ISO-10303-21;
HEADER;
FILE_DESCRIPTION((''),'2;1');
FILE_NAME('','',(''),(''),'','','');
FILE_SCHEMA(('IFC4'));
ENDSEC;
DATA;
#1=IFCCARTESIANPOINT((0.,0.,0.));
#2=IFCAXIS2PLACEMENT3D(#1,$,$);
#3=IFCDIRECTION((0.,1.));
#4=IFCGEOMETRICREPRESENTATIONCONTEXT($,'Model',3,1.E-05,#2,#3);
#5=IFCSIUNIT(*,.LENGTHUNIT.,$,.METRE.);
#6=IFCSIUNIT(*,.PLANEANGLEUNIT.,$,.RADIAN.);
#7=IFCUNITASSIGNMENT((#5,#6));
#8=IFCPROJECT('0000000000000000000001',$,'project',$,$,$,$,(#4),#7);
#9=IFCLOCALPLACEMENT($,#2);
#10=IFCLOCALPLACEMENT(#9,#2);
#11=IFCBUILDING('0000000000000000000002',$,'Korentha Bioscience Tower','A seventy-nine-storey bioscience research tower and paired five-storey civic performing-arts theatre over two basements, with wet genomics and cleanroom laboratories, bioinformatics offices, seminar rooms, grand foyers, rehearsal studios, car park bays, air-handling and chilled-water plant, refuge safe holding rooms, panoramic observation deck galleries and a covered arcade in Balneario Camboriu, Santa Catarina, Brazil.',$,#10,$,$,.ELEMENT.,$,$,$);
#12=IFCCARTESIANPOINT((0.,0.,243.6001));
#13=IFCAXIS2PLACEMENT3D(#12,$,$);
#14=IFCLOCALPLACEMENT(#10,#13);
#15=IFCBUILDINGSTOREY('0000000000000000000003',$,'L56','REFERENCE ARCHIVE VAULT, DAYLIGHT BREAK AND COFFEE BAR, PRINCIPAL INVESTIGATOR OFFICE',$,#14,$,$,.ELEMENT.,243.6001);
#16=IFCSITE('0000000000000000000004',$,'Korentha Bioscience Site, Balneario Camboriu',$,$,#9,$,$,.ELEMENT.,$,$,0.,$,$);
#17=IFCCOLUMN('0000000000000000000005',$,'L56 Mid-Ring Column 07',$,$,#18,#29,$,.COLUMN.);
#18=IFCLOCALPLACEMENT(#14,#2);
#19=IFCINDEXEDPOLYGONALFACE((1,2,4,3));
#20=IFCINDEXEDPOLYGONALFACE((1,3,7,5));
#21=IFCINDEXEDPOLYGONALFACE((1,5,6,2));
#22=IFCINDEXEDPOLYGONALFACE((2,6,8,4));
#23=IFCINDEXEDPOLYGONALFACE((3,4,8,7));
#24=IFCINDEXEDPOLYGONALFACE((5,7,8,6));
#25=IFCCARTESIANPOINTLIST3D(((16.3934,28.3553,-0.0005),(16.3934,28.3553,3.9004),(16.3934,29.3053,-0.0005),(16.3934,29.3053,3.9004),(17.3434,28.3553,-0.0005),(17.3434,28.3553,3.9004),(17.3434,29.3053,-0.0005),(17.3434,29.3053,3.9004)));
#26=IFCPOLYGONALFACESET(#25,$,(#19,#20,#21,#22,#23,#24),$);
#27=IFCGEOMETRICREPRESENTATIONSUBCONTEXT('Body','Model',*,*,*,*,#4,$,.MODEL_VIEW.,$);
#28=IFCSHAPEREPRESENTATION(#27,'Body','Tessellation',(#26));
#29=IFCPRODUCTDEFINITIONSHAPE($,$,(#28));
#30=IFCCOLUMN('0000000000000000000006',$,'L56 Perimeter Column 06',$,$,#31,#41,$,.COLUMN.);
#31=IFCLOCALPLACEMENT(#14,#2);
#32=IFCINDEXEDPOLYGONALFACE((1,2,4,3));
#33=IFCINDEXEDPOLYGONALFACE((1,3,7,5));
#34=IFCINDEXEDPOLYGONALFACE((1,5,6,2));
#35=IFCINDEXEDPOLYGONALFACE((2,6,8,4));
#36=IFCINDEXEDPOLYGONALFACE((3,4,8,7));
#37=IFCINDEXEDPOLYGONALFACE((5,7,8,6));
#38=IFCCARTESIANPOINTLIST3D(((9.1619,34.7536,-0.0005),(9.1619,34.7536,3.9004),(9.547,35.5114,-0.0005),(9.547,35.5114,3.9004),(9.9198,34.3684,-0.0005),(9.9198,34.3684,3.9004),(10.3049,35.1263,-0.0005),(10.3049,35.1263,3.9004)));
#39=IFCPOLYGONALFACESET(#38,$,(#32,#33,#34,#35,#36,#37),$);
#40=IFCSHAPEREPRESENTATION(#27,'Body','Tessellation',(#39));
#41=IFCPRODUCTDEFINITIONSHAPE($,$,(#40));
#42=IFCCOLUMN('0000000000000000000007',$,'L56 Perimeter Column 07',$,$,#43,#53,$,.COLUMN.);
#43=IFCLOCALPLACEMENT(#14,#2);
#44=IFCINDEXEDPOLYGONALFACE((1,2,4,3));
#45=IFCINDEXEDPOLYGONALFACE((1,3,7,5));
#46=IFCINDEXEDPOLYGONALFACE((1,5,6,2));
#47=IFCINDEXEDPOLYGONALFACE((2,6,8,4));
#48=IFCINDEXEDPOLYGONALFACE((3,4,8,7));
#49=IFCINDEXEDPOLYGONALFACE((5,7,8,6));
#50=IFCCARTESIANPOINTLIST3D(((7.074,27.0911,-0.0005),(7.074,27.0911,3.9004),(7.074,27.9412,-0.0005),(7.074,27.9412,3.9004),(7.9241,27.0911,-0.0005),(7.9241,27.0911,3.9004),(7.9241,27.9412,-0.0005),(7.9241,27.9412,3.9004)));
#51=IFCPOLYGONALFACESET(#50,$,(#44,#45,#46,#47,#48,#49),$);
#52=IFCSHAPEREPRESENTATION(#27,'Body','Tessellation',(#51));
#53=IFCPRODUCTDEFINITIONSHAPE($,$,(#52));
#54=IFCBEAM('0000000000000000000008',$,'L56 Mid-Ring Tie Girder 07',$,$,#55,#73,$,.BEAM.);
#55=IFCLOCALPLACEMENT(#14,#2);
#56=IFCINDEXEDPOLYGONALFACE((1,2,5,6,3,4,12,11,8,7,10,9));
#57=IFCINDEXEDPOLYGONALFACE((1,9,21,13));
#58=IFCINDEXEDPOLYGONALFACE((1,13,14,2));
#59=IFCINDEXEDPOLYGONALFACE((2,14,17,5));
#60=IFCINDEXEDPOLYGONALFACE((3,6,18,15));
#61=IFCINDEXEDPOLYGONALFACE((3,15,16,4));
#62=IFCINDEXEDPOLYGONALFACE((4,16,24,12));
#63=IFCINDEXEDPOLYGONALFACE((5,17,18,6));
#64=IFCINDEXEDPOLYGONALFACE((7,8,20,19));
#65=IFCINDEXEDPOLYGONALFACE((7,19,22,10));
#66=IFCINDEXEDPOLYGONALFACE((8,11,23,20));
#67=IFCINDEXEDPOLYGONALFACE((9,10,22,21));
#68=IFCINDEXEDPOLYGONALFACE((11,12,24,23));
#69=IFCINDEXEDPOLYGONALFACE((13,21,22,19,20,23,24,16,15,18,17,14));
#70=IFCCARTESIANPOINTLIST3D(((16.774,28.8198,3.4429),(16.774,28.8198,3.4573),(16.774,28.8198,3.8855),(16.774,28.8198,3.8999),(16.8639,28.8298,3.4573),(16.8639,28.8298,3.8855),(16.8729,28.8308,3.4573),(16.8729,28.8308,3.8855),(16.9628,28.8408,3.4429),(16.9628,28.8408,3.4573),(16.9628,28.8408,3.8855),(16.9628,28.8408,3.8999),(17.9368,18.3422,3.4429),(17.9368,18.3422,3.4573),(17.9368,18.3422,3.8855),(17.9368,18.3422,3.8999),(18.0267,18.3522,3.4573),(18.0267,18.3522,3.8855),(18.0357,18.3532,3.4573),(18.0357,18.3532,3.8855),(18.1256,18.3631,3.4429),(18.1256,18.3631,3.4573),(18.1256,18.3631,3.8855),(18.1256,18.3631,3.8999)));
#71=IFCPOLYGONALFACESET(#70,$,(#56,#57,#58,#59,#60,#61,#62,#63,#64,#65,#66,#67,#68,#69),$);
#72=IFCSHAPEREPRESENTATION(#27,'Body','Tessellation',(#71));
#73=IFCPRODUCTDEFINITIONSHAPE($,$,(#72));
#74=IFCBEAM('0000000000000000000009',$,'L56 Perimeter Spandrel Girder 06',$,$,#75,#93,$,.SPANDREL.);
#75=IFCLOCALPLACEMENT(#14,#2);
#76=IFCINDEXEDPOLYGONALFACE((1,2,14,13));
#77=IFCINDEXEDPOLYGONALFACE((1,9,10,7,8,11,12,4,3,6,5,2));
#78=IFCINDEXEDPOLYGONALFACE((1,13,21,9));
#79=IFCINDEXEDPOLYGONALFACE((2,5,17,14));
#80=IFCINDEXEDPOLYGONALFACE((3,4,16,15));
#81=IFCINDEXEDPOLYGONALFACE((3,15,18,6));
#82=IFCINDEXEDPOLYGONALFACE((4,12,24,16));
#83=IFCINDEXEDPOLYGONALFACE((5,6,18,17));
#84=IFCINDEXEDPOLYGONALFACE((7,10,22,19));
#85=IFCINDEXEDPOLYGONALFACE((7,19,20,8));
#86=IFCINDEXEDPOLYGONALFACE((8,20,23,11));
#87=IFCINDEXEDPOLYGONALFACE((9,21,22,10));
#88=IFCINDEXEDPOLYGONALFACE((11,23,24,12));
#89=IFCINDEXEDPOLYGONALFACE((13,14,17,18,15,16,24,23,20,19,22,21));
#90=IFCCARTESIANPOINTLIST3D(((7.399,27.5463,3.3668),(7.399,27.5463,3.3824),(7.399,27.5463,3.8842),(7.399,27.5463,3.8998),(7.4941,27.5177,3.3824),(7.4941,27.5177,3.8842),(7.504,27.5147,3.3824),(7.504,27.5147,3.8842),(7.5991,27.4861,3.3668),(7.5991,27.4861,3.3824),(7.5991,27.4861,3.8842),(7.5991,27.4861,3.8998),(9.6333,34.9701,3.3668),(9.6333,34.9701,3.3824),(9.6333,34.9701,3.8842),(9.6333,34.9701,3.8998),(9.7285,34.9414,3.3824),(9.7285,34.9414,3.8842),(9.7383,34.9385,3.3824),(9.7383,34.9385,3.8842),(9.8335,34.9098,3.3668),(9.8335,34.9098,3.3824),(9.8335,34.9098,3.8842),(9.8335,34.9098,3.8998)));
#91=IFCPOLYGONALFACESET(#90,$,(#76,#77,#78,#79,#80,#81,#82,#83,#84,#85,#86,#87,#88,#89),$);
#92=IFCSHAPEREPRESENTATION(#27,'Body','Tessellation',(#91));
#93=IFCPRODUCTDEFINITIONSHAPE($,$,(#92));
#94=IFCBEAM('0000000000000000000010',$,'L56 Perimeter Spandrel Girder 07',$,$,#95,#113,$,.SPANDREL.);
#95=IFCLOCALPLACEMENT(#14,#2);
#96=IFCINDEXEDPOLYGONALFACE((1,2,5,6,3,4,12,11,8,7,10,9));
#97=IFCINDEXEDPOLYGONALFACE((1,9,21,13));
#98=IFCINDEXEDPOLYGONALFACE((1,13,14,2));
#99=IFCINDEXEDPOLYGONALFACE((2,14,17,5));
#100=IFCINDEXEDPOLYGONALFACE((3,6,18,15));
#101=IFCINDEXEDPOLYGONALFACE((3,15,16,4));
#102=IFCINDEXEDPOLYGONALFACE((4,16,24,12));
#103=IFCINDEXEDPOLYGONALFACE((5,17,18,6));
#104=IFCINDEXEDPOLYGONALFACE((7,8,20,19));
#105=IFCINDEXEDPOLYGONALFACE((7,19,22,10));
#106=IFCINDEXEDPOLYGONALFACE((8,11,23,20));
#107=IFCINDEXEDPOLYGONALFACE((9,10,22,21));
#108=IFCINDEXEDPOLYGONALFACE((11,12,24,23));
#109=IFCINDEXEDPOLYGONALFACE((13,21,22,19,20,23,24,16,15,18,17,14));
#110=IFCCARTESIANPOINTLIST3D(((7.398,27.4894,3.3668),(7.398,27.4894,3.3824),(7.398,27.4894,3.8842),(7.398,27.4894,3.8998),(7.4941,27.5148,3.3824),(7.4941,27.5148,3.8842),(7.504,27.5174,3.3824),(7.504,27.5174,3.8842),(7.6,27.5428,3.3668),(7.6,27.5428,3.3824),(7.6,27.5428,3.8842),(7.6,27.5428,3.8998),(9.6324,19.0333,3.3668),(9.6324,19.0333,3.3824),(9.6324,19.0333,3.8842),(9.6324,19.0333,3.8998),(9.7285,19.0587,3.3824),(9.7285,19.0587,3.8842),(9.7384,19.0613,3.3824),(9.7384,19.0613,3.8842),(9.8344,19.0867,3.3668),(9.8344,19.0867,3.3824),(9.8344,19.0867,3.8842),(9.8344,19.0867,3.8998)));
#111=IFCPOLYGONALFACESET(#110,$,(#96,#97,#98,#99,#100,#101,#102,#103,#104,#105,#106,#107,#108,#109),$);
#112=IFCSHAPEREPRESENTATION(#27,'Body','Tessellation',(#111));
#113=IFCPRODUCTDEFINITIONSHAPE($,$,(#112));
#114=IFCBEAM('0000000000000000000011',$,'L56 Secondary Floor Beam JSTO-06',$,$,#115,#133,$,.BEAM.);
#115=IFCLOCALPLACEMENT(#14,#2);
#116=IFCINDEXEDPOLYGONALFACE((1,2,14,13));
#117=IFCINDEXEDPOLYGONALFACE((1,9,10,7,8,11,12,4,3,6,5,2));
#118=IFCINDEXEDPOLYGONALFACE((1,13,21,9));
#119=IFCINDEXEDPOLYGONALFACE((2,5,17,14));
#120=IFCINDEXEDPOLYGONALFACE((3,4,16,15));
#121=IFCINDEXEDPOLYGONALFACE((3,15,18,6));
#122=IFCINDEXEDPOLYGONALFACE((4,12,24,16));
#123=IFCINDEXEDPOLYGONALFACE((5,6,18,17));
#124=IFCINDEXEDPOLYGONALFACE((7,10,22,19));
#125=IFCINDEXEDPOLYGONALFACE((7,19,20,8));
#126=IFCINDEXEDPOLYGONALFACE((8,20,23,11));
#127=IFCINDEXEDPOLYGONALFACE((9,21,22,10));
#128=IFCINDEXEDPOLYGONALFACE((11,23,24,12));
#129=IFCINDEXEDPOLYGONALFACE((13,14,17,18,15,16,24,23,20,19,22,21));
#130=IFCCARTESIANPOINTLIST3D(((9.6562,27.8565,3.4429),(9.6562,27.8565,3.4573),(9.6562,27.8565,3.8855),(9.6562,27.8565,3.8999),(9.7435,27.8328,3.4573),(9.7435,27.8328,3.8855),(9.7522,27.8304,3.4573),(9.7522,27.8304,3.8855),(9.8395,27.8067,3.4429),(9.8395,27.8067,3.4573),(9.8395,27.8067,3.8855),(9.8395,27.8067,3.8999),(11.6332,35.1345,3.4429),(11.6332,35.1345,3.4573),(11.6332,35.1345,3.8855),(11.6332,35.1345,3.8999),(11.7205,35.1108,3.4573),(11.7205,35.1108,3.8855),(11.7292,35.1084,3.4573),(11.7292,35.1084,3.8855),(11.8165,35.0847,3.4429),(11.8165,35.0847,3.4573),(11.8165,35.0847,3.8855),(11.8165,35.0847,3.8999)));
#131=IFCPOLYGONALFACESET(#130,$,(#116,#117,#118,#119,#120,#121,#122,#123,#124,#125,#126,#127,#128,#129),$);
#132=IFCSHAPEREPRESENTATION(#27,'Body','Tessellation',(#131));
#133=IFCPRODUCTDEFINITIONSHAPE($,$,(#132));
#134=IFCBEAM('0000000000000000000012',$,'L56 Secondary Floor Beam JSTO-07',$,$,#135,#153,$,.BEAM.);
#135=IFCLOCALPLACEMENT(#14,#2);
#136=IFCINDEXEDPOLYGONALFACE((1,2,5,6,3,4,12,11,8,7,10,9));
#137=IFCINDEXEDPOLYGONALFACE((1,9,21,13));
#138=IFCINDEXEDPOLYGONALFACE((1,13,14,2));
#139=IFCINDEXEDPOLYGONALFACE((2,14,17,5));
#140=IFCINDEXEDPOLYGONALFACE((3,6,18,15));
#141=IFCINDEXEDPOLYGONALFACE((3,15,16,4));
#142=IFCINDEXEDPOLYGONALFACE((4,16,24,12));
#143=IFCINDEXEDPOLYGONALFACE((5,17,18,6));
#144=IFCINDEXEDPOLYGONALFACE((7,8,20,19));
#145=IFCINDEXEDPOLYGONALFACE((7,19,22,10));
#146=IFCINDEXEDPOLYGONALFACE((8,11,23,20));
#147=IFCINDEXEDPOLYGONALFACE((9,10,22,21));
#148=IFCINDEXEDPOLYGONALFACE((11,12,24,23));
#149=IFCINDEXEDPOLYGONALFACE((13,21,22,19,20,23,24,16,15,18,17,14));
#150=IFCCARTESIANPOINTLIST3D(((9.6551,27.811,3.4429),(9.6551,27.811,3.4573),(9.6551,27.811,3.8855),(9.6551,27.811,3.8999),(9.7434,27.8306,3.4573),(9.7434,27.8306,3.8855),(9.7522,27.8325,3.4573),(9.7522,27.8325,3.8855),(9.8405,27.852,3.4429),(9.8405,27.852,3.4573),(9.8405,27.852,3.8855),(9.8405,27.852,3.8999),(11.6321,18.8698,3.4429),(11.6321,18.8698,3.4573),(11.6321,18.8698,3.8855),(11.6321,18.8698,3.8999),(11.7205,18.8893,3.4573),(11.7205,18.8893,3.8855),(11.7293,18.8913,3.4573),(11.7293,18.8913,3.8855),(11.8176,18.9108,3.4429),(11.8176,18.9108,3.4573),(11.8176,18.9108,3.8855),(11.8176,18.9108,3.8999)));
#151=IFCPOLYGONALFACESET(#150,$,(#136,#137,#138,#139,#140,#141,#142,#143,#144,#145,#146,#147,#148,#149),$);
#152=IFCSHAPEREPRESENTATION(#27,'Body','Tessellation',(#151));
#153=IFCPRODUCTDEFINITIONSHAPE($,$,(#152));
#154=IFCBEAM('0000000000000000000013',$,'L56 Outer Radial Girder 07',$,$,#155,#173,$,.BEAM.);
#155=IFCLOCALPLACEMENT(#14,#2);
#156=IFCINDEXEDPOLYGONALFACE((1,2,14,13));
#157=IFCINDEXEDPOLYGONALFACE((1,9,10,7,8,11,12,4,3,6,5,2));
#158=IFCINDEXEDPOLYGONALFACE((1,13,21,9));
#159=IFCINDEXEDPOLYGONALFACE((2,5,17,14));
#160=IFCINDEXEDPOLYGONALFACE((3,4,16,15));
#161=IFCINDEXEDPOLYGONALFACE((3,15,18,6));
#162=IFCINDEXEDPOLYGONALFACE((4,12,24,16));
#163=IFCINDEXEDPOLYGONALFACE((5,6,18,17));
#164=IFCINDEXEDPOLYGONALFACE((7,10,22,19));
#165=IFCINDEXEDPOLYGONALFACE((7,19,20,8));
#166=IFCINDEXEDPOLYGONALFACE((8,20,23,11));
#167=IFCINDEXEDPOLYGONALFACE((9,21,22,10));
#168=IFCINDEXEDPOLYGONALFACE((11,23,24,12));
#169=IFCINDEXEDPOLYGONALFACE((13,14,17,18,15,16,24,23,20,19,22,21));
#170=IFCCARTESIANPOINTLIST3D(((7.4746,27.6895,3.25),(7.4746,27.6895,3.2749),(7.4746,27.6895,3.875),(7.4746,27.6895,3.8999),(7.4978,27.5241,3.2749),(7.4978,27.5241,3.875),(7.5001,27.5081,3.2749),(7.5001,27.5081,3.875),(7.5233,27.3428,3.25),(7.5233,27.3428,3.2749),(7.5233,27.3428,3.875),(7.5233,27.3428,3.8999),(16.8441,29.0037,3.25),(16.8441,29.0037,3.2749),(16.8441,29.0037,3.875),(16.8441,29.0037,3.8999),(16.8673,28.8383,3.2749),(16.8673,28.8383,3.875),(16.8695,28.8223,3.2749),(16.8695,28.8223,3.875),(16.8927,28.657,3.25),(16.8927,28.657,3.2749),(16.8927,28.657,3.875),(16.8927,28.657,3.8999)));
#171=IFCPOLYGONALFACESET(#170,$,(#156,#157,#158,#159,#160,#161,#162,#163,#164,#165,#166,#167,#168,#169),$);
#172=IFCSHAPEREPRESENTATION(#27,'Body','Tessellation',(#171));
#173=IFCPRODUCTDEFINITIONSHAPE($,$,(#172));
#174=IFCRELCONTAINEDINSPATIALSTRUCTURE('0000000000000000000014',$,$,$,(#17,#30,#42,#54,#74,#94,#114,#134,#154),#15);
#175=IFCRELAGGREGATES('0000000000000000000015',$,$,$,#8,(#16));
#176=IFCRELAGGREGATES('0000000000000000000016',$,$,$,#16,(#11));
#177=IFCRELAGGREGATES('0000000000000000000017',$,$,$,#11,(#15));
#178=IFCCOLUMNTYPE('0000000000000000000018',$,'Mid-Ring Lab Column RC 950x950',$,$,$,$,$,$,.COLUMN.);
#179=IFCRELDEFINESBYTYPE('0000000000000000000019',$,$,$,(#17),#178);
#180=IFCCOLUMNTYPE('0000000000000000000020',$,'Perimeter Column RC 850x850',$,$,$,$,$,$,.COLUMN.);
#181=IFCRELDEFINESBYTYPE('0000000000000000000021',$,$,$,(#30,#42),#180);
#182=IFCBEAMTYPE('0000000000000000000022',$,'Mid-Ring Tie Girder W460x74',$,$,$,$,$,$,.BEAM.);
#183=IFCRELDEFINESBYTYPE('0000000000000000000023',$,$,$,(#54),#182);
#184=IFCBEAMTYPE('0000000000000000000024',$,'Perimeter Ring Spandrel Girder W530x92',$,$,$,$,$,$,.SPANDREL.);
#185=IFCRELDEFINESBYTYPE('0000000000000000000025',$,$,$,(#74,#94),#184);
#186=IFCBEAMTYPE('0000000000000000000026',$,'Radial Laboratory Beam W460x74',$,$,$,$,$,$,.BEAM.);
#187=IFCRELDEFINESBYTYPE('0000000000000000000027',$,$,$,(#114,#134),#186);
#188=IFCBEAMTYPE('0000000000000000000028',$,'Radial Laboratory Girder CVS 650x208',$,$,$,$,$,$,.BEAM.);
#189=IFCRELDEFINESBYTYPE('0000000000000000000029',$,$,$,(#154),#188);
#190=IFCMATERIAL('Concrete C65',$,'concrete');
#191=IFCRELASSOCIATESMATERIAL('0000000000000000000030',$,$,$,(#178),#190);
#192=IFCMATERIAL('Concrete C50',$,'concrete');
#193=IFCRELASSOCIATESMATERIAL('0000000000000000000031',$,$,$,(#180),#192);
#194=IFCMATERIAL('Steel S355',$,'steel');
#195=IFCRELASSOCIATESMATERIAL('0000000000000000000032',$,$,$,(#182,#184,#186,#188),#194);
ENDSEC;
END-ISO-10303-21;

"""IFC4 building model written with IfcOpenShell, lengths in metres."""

from ifc_helpers import new_model, si_unit, direction, frame, origin, origin_2d, place, context, subcontext, project, spatial, rectangle, i_section, extrude, material, material_profile, profile_set, type_object, element, save


model = new_model("IFC4")

# Units and contexts
model_context = context("Model", 3, precision=1e-05, world=origin(), true_north=direction((0.0, 1.0)))
body_context = subcontext(model_context, "Body", "Model", "MODEL_VIEW")
ifc_project = project(units=[si_unit("LENGTHUNIT", "METRE"), si_unit("PLANEANGLEUNIT", "RADIAN")], contexts=[model_context])

# Site, building, storey
site_placement = place(None, origin())
site = spatial("IfcSite", under=ifc_project, at=site_placement, Name="Korentha Bioscience Site, Balneario Camboriu", CompositionType="ELEMENT", RefElevation=0.0)
building_placement = place(site_placement, origin())
building = spatial("IfcBuilding", under=site, at=building_placement, Name="Korentha Bioscience Tower", Description="A seventy-nine-storey bioscience research tower and paired five-storey civic performing-arts theatre over two basements, with wet genomics and cleanroom laboratories, bioinformatics offices, seminar rooms, grand foyers, rehearsal studios, car park bays, air-handling and chilled-water plant, refuge safe holding rooms, panoramic observation deck galleries and a covered arcade in Balneario Camboriu, Santa Catarina, Brazil.", CompositionType="ELEMENT")
storey_placement = place(building_placement, frame((0.0, 0.0, 243.6001)))
storey = spatial("IfcBuildingStorey", under=building, at=storey_placement, Name="L56", Description="REFERENCE ARCHIVE VAULT, DAYLIGHT BREAK AND COFFEE BAR, PRINCIPAL INVESTIGATOR OFFICE", CompositionType="ELEMENT", Elevation=243.6001)

# Columns
ifc_material_1 = material(Name="Concrete C65", Category="concrete")
ifc_material_profile_1 = material_profile(ifc_material_1, rectangle(XDim=0.95, YDim=0.95, at=origin_2d()), Name="Concrete C65")
ifc_profile_set_1 = profile_set([ifc_material_profile_1], Name="Concrete C65 (COL-MR09)")
column_type_1 = type_object("IfcColumnType", Name="Mid-Ring Lab Column RC 950x950", PredefinedType="COLUMN", material=ifc_profile_set_1)
column_placement = place(storey_placement, frame((16.8684, 28.8303, -0.0005), z_axis=(0.0, 0.0, 1.0), x_axis=(1.0, 0.0, 0.0)))
element("IfcColumn", 1, at=column_placement, inside=storey, type_object=column_type_1, Name="L56 Mid-Ring Column 07", PredefinedType="COLUMN", context=body_context, shape_type="SweptSolid", body=[
    extrude(rectangle(XDim=0.95, YDim=0.95, at=origin_2d()), origin(), (0.0, 0.0, 1.0), 3.9009),
])
ifc_material_2 = material(Name="Concrete C50", Category="concrete")
ifc_material_profile_2 = material_profile(ifc_material_2, rectangle(XDim=0.8501, YDim=0.8501, at=origin_2d()), Name="Concrete C50")
ifc_profile_set_2 = profile_set([ifc_material_profile_2], Name="Concrete C50 (COL-P08)")
column_type_2 = type_object("IfcColumnType", Name="Perimeter Column RC 850x850", PredefinedType="COLUMN", material=ifc_profile_set_2)
for number, where, z_axis, x_axis, name in (
    (2, (9.7334, 34.9399, -0.0005), (0.0, 0.0, 1.0), (0.453057, 0.891481, 0.0), "L56 Perimeter Column 06"),
    (3, (7.499, 27.5161, -0.0005), (0.0, 0.0, 1.0), (0.0, 1.0, 0.0), "L56 Perimeter Column 07"),
):
    element("IfcColumn", number, at=place(storey_placement, frame(where, z_axis=z_axis, x_axis=x_axis)), inside=storey, type_object=column_type_2, Name=name, PredefinedType="COLUMN", context=body_context, shape_type="SweptSolid", body=[
        extrude(rectangle(XDim=0.8501, YDim=0.8501, at=origin_2d()), origin(), (0.0, 0.0, 1.0), 3.9009),
    ])

# Beams
ifc_material_3 = material(Name="Steel S355", Category="steel")
ifc_material_profile_3 = material_profile(ifc_material_3, i_section(OverallWidth=0.1899, OverallDepth=0.457, WebThickness=0.009, FlangeThickness=0.0144, at=origin_2d()), Name="Steel S355")
ifc_profile_set_3 = profile_set([ifc_material_profile_3], Name="Steel S355 (MB-460)")
beam_type_1 = type_object("IfcBeamType", Name="Mid-Ring Tie Girder W460x74", PredefinedType="BEAM", material=ifc_profile_set_3)
beam_1_placement = place(storey_placement, frame((16.8684, 28.8303, 3.6714), z_axis=(0.110304, -0.993898, 0.0), x_axis=(0.993898, 0.110304, 0.0)))
element("IfcBeam", 4, at=beam_1_placement, inside=storey, type_object=beam_type_1, Name="L56 Mid-Ring Tie Girder 07", PredefinedType="BEAM", context=body_context, shape_type="SweptSolid", body=[
    extrude(i_section(OverallWidth=0.1899, OverallDepth=0.457, WebThickness=0.009, FlangeThickness=0.0144, at=origin_2d()), origin(), (0.0, 0.0, 1.0), 10.542),
])
ifc_material_profile_4 = material_profile(ifc_material_3, i_section(OverallWidth=0.209, OverallDepth=0.533, WebThickness=0.0103, FlangeThickness=0.0156, at=origin_2d()), Name="Steel S355")
ifc_profile_set_4 = profile_set([ifc_material_profile_4], Name="Steel S355 (SB-530)")
beam_type_2 = type_object("IfcBeamType", Name="Perimeter Ring Spandrel Girder W530x92", PredefinedType="SPANDREL", material=ifc_profile_set_4)
beam_2_placement = place(storey_placement, frame((9.7334, 34.9399, 3.6333), z_axis=(-0.288203, -0.957569, 0.0), x_axis=(0.957569, -0.288203, 0.0)))
element("IfcBeam", 5, at=beam_2_placement, inside=storey, type_object=beam_type_2, Name="L56 Perimeter Spandrel Girder 06", PredefinedType="SPANDREL", context=body_context, shape_type="SweptSolid", body=[
    extrude(i_section(OverallWidth=0.209, OverallDepth=0.533, WebThickness=0.0103, FlangeThickness=0.0156, at=origin_2d()), origin(), (0.0, 0.0, 1.0), 7.7527),
])
beam_3_placement = place(storey_placement, frame((7.499, 27.5161, 3.6333), z_axis=(0.255466, -0.966818, 0.0), x_axis=(0.966818, 0.255466, 0.0)))
element("IfcBeam", 6, at=beam_3_placement, inside=storey, type_object=beam_type_2, Name="L56 Perimeter Spandrel Girder 07", PredefinedType="SPANDREL", context=body_context, shape_type="SweptSolid", body=[
    extrude(i_section(OverallWidth=0.209, OverallDepth=0.533, WebThickness=0.0103, FlangeThickness=0.0156, at=origin_2d()), origin(), (0.0, 0.0, 1.0), 8.7463),
])
ifc_material_profile_5 = material_profile(ifc_material_3, i_section(OverallWidth=0.1899, OverallDepth=0.457, WebThickness=0.009, FlangeThickness=0.0144, at=origin_2d()), Name="Steel S355")
ifc_profile_set_5 = profile_set([ifc_material_profile_5], Name="Steel S355 (RB-460)")
beam_type_3 = type_object("IfcBeamType", Name="Radial Laboratory Beam W460x74", PredefinedType="BEAM", material=ifc_profile_set_5)
beam_4_placement = place(storey_placement, frame((11.7249, 35.1096, 3.6714), z_axis=(-0.262145, -0.965029, 0.0), x_axis=(0.965029, -0.262145, 0.0)))
element("IfcBeam", 7, at=beam_4_placement, inside=storey, type_object=beam_type_3, Name="L56 Secondary Floor Beam JSTO-06", PredefinedType="BEAM", context=body_context, shape_type="SweptSolid", body=[
    extrude(i_section(OverallWidth=0.1899, OverallDepth=0.457, WebThickness=0.009, FlangeThickness=0.0144, at=origin_2d()), origin(), (0.0, 0.0, 1.0), 7.5417),
])
beam_5_placement = place(storey_placement, frame((9.7478, 27.8315, 3.6714), z_axis=(0.215903, -0.976415, 0.0), x_axis=(0.976415, 0.215903, 0.0)))
element("IfcBeam", 8, at=beam_5_placement, inside=storey, type_object=beam_type_3, Name="L56 Secondary Floor Beam JSTO-07", PredefinedType="BEAM", context=body_context, shape_type="SweptSolid", body=[
    extrude(i_section(OverallWidth=0.1899, OverallDepth=0.457, WebThickness=0.009, FlangeThickness=0.0144, at=origin_2d()), origin(), (0.0, 0.0, 1.0), 9.1572),
])
ifc_material_profile_6 = material_profile(ifc_material_3, i_section(OverallWidth=0.3501, OverallDepth=0.6499, WebThickness=0.0161, FlangeThickness=0.0249, at=origin_2d()), Name="Steel S355")
ifc_profile_set_6 = profile_set([ifc_material_profile_6], Name="Steel S355 (RB-650)")
beam_type_4 = type_object("IfcBeamType", Name="Radial Laboratory Girder CVS 650x208", PredefinedType="BEAM", material=ifc_profile_set_6)
beam_6_placement = place(storey_placement, frame((16.8684, 28.8303, 3.575), z_axis=(-0.990306, -0.138906, 0.0), x_axis=(0.138906, -0.990306, 0.0)))
element("IfcBeam", 9, at=beam_6_placement, inside=storey, type_object=beam_type_4, Name="L56 Outer Radial Girder 07", PredefinedType="BEAM", context=body_context, shape_type="SweptSolid", body=[
    extrude(i_section(OverallWidth=0.3501, OverallDepth=0.6499, WebThickness=0.0161, FlangeThickness=0.0249, at=origin_2d()), origin(), (0.0, 0.0, 1.0), 9.4612),
])

save(model, "model.ifc")
